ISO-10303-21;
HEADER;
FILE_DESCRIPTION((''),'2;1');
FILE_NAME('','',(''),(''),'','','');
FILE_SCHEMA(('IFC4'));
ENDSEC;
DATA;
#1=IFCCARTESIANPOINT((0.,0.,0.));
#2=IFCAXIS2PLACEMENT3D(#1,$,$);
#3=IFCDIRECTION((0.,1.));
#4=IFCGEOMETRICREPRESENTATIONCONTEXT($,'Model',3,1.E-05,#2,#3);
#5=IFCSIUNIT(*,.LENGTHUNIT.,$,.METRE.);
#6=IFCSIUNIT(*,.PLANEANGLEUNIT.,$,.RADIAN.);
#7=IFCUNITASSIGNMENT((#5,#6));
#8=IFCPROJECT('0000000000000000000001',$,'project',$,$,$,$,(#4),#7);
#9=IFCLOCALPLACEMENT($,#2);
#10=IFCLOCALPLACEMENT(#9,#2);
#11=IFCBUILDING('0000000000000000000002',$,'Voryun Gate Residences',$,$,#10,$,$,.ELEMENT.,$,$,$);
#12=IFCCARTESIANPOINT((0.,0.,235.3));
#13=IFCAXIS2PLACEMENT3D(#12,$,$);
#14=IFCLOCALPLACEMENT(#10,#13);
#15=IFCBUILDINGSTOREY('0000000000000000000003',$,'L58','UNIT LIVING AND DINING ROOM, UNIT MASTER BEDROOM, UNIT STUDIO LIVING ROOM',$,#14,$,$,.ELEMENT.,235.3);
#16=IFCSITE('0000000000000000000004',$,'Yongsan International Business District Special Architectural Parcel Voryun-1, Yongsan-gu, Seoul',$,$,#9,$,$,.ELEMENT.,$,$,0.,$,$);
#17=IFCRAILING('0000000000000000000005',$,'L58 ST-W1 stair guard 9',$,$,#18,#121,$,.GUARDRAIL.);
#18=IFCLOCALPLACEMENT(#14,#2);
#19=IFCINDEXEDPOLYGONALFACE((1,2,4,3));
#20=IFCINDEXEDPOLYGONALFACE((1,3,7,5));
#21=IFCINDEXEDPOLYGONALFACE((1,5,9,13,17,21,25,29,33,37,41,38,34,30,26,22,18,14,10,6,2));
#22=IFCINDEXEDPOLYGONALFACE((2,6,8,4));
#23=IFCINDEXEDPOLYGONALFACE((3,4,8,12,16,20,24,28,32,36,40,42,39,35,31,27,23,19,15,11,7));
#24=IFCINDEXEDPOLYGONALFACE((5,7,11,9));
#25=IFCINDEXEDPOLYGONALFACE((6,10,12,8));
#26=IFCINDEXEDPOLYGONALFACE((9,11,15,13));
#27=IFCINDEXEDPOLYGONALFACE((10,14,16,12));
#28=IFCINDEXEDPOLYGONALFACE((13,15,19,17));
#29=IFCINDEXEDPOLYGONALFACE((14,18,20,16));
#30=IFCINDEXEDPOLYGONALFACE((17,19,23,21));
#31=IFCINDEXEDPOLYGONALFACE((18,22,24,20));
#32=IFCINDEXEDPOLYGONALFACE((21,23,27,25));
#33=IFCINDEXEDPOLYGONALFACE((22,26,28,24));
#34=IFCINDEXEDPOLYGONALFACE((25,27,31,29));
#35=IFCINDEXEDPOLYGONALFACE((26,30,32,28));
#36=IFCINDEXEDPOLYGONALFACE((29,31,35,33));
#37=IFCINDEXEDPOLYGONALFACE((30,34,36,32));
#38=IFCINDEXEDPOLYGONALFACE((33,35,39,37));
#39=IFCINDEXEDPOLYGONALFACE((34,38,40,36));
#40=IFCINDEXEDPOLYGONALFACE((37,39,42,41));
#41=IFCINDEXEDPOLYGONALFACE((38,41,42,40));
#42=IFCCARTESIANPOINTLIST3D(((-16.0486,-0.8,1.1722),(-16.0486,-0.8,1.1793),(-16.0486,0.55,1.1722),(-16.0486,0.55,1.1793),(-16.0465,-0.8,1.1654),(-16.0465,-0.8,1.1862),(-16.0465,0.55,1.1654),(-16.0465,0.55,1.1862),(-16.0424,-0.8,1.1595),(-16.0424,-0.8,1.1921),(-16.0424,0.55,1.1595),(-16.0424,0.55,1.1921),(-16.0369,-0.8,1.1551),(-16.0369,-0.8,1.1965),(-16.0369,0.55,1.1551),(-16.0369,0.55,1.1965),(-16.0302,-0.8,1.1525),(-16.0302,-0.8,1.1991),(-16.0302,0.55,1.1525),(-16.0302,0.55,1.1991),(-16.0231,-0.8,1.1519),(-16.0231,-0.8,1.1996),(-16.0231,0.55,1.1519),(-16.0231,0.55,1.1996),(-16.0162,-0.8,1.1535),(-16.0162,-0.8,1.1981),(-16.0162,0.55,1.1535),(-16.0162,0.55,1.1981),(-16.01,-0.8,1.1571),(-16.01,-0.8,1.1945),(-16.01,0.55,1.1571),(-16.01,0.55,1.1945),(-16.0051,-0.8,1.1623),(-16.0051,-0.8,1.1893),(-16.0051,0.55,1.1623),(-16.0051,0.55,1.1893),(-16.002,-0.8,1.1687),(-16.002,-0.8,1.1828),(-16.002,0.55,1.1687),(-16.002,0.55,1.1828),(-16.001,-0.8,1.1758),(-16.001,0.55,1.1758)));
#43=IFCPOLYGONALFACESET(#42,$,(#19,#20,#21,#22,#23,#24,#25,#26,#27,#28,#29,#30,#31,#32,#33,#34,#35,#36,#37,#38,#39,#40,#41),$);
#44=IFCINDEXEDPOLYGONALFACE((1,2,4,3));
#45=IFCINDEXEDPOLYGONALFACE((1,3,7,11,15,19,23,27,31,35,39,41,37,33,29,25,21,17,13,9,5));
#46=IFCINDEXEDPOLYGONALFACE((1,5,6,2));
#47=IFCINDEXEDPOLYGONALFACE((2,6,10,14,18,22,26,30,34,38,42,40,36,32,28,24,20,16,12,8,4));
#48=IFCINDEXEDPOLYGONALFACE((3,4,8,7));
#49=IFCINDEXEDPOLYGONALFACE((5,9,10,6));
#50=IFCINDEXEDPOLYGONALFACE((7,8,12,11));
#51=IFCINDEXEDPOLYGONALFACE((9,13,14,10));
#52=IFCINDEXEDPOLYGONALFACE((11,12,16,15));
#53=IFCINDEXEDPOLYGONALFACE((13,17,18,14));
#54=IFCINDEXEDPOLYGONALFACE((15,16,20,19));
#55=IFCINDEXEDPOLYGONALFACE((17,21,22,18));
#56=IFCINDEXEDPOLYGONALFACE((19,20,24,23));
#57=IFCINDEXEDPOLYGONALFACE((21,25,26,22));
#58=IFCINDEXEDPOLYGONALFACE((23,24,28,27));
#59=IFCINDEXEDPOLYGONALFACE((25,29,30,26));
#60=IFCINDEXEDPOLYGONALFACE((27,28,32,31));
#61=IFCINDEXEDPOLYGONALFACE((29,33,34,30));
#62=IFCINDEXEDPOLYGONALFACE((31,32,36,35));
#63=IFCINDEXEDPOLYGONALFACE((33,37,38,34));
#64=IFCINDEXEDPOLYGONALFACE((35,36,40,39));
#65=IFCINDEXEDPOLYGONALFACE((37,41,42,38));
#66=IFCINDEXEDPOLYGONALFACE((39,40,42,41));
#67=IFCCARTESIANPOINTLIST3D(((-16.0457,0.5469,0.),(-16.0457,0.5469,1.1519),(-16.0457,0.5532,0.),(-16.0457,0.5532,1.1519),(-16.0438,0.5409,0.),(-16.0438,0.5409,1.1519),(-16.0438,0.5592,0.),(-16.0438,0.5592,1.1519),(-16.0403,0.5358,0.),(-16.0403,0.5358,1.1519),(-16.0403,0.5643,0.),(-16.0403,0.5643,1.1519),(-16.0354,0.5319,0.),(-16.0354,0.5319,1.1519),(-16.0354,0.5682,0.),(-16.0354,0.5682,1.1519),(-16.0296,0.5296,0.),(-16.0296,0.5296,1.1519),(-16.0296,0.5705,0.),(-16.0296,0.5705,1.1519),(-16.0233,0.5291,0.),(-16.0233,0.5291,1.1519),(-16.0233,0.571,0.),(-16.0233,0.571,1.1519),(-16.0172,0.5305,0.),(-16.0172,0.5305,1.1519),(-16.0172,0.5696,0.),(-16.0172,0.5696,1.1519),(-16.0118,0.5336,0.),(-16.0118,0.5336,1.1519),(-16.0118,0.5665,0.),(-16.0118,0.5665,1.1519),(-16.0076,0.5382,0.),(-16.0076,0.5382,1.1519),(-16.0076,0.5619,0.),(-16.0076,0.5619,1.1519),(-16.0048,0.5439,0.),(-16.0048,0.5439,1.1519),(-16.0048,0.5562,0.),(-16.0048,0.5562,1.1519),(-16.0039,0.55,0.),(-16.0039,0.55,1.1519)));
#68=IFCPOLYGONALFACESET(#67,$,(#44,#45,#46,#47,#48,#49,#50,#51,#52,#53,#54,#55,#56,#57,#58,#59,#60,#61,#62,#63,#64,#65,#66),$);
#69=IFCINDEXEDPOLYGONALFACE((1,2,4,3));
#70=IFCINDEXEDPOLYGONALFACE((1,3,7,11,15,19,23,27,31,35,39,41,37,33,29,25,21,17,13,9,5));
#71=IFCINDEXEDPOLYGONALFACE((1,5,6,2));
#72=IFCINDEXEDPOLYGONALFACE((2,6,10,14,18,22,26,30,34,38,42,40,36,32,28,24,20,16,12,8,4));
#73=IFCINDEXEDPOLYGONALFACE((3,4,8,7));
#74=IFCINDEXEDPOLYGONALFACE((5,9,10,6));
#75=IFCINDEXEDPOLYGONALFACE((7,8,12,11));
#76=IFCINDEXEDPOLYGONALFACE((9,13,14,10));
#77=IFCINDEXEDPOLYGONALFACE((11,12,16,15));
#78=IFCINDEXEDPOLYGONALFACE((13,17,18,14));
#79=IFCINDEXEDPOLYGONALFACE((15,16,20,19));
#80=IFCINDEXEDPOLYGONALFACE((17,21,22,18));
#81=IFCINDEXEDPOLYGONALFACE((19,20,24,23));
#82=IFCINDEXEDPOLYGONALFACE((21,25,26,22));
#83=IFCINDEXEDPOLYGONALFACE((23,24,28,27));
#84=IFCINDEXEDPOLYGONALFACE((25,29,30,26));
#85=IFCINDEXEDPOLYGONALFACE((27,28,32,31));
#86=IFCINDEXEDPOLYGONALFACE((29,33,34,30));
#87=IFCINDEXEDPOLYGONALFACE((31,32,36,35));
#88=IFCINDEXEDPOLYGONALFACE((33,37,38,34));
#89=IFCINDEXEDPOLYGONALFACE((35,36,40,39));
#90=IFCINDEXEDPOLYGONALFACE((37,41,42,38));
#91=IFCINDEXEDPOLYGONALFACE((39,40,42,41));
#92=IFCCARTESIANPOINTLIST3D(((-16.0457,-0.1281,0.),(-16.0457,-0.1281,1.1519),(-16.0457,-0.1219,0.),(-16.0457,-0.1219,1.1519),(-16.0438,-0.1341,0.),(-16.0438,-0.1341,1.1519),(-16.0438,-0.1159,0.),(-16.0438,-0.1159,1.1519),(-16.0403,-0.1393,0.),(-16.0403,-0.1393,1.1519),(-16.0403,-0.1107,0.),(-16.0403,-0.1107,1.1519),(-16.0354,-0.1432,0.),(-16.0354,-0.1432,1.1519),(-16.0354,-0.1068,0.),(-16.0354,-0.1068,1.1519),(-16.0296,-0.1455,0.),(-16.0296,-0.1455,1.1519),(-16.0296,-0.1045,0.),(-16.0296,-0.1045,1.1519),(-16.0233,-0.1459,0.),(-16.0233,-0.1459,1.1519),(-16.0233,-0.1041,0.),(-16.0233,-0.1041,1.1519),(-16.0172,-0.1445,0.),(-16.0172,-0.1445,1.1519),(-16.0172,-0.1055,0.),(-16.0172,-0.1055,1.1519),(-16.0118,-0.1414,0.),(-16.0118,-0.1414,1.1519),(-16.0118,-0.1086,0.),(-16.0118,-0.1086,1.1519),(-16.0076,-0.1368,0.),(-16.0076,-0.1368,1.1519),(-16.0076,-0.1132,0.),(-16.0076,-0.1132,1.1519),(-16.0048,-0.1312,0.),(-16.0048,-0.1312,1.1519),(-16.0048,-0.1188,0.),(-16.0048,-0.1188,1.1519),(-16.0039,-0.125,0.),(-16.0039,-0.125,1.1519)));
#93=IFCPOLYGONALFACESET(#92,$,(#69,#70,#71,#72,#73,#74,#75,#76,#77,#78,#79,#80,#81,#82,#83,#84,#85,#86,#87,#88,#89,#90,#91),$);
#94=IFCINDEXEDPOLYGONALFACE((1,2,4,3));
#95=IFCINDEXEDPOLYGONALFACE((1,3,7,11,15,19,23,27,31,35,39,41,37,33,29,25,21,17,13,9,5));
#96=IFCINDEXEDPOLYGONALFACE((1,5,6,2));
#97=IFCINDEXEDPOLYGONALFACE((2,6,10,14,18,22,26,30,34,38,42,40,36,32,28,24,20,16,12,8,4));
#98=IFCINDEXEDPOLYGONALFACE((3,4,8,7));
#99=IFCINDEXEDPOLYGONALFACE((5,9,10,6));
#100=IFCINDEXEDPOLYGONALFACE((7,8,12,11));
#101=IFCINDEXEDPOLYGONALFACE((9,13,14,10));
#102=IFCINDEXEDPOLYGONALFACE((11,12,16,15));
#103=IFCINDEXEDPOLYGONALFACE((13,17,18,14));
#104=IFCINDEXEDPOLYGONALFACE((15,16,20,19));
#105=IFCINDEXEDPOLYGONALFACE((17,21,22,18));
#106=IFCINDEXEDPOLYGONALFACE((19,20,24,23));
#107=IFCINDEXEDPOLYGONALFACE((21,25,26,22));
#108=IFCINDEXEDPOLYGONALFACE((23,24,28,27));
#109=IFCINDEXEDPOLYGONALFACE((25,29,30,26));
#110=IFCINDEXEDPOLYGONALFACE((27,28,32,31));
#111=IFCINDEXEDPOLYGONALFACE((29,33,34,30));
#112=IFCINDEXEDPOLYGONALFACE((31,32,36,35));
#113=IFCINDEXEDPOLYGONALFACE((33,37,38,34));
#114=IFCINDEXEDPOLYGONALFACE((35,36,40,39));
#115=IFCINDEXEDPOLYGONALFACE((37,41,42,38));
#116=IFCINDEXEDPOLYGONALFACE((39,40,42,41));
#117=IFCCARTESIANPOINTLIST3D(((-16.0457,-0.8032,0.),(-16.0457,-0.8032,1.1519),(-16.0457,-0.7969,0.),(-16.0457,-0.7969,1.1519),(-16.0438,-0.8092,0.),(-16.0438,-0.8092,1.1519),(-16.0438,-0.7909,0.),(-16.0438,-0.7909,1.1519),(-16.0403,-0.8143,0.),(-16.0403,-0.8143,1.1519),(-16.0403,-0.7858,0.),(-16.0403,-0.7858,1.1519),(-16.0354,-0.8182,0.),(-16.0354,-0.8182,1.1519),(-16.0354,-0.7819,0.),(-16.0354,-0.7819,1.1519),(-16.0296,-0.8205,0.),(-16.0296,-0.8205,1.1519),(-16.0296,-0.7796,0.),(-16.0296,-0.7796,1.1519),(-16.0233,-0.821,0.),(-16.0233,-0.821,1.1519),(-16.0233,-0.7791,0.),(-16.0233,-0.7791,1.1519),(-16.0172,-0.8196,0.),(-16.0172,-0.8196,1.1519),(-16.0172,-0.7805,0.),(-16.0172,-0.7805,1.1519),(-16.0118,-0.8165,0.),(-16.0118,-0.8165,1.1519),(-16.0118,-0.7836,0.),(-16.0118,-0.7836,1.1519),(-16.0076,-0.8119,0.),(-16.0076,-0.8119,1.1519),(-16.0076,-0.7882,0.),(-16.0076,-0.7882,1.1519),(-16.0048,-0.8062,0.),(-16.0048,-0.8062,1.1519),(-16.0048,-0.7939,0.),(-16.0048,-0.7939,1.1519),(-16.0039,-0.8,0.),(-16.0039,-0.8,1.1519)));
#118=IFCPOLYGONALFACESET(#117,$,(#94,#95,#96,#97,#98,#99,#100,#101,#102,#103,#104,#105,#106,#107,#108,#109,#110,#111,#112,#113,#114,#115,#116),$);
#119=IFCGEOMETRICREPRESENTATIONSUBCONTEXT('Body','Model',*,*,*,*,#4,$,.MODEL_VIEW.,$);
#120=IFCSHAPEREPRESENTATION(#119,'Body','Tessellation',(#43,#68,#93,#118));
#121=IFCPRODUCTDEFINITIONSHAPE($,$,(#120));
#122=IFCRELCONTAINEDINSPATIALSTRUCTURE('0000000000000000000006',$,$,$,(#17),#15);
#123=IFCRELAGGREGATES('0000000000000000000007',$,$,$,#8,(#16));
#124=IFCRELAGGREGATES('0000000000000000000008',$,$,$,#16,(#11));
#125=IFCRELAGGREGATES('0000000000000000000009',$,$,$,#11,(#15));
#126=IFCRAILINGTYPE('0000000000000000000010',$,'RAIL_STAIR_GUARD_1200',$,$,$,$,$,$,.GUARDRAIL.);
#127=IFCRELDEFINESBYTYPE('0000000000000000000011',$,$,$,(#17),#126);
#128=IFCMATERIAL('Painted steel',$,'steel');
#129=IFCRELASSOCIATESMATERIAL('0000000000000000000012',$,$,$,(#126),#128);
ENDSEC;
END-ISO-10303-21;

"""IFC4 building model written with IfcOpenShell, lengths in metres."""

from ifc_helpers import new_model, si_unit, direction, frame, origin, origin_2d, place, context, subcontext, project, spatial, circle, extrude, material, type_object, element, save


model = new_model("IFC4")

# Units and contexts
model_context = context("Model", 3, precision=1e-05, world=origin(), true_north=direction((0.0, 1.0)))
body_context = subcontext(model_context, "Body", "Model", "MODEL_VIEW")
ifc_project = project(units=[si_unit("LENGTHUNIT", "METRE"), si_unit("PLANEANGLEUNIT", "RADIAN")], contexts=[model_context])

# Site, building, storey
site_placement = place(None, origin())
site = spatial("IfcSite", under=ifc_project, at=site_placement, Name="Yongsan International Business District Special Architectural Parcel Voryun-1, Yongsan-gu, Seoul", CompositionType="ELEMENT", RefElevation=0.0)
building_placement = place(site_placement, origin())
building = spatial("IfcBuilding", under=site, at=building_placement, Name="Voryun Gate Residences", CompositionType="ELEMENT")
storey_placement = place(building_placement, frame((0.0, 0.0, 235.3)))
storey = spatial("IfcBuildingStorey", under=building, at=storey_placement, Name="L58", Description="UNIT LIVING AND DINING ROOM, UNIT MASTER BEDROOM, UNIT STUDIO LIVING ROOM", CompositionType="ELEMENT", Elevation=235.3)

# Railing
ifc_material_1 = material(Name="Painted steel", Category="steel")
railing_type = type_object("IfcRailingType", Name="RAIL_STAIR_GUARD_1200", PredefinedType="GUARDRAIL", material=ifc_material_1)
railing_1_placement = place(storey_placement, frame((-16.0249, 0.55, 0.0)))
element("IfcRailing", 1, at=railing_1_placement, inside=storey, type_object=railing_type, Name="L58 ST-W1 stair guard 9", PredefinedType="GUARDRAIL", context=body_context, shape_type="SweptSolid", body=[
    extrude(circle(Radius=0.0239, at=origin_2d()), frame((0.0, 0.0, 1.1758), z_axis=(0.0, -1.0, 0.0), x_axis=(1.0, 0.0, 0.0)), (0.0, 0.0, 1.0), 1.3501),
    extrude(circle(Radius=0.021, at=origin_2d()), origin(), (0.0, 0.0, 1.0), 1.1519),
    extrude(circle(Radius=0.021, at=origin_2d()), frame((0.0, -0.675, 0.0)), (0.0, 0.0, 1.0), 1.1519),
    extrude(circle(Radius=0.021, at=origin_2d()), frame((0.0, -1.3501, 0.0)), (0.0, 0.0, 1.0), 1.1519),
])

save(model, "model.ifc")
